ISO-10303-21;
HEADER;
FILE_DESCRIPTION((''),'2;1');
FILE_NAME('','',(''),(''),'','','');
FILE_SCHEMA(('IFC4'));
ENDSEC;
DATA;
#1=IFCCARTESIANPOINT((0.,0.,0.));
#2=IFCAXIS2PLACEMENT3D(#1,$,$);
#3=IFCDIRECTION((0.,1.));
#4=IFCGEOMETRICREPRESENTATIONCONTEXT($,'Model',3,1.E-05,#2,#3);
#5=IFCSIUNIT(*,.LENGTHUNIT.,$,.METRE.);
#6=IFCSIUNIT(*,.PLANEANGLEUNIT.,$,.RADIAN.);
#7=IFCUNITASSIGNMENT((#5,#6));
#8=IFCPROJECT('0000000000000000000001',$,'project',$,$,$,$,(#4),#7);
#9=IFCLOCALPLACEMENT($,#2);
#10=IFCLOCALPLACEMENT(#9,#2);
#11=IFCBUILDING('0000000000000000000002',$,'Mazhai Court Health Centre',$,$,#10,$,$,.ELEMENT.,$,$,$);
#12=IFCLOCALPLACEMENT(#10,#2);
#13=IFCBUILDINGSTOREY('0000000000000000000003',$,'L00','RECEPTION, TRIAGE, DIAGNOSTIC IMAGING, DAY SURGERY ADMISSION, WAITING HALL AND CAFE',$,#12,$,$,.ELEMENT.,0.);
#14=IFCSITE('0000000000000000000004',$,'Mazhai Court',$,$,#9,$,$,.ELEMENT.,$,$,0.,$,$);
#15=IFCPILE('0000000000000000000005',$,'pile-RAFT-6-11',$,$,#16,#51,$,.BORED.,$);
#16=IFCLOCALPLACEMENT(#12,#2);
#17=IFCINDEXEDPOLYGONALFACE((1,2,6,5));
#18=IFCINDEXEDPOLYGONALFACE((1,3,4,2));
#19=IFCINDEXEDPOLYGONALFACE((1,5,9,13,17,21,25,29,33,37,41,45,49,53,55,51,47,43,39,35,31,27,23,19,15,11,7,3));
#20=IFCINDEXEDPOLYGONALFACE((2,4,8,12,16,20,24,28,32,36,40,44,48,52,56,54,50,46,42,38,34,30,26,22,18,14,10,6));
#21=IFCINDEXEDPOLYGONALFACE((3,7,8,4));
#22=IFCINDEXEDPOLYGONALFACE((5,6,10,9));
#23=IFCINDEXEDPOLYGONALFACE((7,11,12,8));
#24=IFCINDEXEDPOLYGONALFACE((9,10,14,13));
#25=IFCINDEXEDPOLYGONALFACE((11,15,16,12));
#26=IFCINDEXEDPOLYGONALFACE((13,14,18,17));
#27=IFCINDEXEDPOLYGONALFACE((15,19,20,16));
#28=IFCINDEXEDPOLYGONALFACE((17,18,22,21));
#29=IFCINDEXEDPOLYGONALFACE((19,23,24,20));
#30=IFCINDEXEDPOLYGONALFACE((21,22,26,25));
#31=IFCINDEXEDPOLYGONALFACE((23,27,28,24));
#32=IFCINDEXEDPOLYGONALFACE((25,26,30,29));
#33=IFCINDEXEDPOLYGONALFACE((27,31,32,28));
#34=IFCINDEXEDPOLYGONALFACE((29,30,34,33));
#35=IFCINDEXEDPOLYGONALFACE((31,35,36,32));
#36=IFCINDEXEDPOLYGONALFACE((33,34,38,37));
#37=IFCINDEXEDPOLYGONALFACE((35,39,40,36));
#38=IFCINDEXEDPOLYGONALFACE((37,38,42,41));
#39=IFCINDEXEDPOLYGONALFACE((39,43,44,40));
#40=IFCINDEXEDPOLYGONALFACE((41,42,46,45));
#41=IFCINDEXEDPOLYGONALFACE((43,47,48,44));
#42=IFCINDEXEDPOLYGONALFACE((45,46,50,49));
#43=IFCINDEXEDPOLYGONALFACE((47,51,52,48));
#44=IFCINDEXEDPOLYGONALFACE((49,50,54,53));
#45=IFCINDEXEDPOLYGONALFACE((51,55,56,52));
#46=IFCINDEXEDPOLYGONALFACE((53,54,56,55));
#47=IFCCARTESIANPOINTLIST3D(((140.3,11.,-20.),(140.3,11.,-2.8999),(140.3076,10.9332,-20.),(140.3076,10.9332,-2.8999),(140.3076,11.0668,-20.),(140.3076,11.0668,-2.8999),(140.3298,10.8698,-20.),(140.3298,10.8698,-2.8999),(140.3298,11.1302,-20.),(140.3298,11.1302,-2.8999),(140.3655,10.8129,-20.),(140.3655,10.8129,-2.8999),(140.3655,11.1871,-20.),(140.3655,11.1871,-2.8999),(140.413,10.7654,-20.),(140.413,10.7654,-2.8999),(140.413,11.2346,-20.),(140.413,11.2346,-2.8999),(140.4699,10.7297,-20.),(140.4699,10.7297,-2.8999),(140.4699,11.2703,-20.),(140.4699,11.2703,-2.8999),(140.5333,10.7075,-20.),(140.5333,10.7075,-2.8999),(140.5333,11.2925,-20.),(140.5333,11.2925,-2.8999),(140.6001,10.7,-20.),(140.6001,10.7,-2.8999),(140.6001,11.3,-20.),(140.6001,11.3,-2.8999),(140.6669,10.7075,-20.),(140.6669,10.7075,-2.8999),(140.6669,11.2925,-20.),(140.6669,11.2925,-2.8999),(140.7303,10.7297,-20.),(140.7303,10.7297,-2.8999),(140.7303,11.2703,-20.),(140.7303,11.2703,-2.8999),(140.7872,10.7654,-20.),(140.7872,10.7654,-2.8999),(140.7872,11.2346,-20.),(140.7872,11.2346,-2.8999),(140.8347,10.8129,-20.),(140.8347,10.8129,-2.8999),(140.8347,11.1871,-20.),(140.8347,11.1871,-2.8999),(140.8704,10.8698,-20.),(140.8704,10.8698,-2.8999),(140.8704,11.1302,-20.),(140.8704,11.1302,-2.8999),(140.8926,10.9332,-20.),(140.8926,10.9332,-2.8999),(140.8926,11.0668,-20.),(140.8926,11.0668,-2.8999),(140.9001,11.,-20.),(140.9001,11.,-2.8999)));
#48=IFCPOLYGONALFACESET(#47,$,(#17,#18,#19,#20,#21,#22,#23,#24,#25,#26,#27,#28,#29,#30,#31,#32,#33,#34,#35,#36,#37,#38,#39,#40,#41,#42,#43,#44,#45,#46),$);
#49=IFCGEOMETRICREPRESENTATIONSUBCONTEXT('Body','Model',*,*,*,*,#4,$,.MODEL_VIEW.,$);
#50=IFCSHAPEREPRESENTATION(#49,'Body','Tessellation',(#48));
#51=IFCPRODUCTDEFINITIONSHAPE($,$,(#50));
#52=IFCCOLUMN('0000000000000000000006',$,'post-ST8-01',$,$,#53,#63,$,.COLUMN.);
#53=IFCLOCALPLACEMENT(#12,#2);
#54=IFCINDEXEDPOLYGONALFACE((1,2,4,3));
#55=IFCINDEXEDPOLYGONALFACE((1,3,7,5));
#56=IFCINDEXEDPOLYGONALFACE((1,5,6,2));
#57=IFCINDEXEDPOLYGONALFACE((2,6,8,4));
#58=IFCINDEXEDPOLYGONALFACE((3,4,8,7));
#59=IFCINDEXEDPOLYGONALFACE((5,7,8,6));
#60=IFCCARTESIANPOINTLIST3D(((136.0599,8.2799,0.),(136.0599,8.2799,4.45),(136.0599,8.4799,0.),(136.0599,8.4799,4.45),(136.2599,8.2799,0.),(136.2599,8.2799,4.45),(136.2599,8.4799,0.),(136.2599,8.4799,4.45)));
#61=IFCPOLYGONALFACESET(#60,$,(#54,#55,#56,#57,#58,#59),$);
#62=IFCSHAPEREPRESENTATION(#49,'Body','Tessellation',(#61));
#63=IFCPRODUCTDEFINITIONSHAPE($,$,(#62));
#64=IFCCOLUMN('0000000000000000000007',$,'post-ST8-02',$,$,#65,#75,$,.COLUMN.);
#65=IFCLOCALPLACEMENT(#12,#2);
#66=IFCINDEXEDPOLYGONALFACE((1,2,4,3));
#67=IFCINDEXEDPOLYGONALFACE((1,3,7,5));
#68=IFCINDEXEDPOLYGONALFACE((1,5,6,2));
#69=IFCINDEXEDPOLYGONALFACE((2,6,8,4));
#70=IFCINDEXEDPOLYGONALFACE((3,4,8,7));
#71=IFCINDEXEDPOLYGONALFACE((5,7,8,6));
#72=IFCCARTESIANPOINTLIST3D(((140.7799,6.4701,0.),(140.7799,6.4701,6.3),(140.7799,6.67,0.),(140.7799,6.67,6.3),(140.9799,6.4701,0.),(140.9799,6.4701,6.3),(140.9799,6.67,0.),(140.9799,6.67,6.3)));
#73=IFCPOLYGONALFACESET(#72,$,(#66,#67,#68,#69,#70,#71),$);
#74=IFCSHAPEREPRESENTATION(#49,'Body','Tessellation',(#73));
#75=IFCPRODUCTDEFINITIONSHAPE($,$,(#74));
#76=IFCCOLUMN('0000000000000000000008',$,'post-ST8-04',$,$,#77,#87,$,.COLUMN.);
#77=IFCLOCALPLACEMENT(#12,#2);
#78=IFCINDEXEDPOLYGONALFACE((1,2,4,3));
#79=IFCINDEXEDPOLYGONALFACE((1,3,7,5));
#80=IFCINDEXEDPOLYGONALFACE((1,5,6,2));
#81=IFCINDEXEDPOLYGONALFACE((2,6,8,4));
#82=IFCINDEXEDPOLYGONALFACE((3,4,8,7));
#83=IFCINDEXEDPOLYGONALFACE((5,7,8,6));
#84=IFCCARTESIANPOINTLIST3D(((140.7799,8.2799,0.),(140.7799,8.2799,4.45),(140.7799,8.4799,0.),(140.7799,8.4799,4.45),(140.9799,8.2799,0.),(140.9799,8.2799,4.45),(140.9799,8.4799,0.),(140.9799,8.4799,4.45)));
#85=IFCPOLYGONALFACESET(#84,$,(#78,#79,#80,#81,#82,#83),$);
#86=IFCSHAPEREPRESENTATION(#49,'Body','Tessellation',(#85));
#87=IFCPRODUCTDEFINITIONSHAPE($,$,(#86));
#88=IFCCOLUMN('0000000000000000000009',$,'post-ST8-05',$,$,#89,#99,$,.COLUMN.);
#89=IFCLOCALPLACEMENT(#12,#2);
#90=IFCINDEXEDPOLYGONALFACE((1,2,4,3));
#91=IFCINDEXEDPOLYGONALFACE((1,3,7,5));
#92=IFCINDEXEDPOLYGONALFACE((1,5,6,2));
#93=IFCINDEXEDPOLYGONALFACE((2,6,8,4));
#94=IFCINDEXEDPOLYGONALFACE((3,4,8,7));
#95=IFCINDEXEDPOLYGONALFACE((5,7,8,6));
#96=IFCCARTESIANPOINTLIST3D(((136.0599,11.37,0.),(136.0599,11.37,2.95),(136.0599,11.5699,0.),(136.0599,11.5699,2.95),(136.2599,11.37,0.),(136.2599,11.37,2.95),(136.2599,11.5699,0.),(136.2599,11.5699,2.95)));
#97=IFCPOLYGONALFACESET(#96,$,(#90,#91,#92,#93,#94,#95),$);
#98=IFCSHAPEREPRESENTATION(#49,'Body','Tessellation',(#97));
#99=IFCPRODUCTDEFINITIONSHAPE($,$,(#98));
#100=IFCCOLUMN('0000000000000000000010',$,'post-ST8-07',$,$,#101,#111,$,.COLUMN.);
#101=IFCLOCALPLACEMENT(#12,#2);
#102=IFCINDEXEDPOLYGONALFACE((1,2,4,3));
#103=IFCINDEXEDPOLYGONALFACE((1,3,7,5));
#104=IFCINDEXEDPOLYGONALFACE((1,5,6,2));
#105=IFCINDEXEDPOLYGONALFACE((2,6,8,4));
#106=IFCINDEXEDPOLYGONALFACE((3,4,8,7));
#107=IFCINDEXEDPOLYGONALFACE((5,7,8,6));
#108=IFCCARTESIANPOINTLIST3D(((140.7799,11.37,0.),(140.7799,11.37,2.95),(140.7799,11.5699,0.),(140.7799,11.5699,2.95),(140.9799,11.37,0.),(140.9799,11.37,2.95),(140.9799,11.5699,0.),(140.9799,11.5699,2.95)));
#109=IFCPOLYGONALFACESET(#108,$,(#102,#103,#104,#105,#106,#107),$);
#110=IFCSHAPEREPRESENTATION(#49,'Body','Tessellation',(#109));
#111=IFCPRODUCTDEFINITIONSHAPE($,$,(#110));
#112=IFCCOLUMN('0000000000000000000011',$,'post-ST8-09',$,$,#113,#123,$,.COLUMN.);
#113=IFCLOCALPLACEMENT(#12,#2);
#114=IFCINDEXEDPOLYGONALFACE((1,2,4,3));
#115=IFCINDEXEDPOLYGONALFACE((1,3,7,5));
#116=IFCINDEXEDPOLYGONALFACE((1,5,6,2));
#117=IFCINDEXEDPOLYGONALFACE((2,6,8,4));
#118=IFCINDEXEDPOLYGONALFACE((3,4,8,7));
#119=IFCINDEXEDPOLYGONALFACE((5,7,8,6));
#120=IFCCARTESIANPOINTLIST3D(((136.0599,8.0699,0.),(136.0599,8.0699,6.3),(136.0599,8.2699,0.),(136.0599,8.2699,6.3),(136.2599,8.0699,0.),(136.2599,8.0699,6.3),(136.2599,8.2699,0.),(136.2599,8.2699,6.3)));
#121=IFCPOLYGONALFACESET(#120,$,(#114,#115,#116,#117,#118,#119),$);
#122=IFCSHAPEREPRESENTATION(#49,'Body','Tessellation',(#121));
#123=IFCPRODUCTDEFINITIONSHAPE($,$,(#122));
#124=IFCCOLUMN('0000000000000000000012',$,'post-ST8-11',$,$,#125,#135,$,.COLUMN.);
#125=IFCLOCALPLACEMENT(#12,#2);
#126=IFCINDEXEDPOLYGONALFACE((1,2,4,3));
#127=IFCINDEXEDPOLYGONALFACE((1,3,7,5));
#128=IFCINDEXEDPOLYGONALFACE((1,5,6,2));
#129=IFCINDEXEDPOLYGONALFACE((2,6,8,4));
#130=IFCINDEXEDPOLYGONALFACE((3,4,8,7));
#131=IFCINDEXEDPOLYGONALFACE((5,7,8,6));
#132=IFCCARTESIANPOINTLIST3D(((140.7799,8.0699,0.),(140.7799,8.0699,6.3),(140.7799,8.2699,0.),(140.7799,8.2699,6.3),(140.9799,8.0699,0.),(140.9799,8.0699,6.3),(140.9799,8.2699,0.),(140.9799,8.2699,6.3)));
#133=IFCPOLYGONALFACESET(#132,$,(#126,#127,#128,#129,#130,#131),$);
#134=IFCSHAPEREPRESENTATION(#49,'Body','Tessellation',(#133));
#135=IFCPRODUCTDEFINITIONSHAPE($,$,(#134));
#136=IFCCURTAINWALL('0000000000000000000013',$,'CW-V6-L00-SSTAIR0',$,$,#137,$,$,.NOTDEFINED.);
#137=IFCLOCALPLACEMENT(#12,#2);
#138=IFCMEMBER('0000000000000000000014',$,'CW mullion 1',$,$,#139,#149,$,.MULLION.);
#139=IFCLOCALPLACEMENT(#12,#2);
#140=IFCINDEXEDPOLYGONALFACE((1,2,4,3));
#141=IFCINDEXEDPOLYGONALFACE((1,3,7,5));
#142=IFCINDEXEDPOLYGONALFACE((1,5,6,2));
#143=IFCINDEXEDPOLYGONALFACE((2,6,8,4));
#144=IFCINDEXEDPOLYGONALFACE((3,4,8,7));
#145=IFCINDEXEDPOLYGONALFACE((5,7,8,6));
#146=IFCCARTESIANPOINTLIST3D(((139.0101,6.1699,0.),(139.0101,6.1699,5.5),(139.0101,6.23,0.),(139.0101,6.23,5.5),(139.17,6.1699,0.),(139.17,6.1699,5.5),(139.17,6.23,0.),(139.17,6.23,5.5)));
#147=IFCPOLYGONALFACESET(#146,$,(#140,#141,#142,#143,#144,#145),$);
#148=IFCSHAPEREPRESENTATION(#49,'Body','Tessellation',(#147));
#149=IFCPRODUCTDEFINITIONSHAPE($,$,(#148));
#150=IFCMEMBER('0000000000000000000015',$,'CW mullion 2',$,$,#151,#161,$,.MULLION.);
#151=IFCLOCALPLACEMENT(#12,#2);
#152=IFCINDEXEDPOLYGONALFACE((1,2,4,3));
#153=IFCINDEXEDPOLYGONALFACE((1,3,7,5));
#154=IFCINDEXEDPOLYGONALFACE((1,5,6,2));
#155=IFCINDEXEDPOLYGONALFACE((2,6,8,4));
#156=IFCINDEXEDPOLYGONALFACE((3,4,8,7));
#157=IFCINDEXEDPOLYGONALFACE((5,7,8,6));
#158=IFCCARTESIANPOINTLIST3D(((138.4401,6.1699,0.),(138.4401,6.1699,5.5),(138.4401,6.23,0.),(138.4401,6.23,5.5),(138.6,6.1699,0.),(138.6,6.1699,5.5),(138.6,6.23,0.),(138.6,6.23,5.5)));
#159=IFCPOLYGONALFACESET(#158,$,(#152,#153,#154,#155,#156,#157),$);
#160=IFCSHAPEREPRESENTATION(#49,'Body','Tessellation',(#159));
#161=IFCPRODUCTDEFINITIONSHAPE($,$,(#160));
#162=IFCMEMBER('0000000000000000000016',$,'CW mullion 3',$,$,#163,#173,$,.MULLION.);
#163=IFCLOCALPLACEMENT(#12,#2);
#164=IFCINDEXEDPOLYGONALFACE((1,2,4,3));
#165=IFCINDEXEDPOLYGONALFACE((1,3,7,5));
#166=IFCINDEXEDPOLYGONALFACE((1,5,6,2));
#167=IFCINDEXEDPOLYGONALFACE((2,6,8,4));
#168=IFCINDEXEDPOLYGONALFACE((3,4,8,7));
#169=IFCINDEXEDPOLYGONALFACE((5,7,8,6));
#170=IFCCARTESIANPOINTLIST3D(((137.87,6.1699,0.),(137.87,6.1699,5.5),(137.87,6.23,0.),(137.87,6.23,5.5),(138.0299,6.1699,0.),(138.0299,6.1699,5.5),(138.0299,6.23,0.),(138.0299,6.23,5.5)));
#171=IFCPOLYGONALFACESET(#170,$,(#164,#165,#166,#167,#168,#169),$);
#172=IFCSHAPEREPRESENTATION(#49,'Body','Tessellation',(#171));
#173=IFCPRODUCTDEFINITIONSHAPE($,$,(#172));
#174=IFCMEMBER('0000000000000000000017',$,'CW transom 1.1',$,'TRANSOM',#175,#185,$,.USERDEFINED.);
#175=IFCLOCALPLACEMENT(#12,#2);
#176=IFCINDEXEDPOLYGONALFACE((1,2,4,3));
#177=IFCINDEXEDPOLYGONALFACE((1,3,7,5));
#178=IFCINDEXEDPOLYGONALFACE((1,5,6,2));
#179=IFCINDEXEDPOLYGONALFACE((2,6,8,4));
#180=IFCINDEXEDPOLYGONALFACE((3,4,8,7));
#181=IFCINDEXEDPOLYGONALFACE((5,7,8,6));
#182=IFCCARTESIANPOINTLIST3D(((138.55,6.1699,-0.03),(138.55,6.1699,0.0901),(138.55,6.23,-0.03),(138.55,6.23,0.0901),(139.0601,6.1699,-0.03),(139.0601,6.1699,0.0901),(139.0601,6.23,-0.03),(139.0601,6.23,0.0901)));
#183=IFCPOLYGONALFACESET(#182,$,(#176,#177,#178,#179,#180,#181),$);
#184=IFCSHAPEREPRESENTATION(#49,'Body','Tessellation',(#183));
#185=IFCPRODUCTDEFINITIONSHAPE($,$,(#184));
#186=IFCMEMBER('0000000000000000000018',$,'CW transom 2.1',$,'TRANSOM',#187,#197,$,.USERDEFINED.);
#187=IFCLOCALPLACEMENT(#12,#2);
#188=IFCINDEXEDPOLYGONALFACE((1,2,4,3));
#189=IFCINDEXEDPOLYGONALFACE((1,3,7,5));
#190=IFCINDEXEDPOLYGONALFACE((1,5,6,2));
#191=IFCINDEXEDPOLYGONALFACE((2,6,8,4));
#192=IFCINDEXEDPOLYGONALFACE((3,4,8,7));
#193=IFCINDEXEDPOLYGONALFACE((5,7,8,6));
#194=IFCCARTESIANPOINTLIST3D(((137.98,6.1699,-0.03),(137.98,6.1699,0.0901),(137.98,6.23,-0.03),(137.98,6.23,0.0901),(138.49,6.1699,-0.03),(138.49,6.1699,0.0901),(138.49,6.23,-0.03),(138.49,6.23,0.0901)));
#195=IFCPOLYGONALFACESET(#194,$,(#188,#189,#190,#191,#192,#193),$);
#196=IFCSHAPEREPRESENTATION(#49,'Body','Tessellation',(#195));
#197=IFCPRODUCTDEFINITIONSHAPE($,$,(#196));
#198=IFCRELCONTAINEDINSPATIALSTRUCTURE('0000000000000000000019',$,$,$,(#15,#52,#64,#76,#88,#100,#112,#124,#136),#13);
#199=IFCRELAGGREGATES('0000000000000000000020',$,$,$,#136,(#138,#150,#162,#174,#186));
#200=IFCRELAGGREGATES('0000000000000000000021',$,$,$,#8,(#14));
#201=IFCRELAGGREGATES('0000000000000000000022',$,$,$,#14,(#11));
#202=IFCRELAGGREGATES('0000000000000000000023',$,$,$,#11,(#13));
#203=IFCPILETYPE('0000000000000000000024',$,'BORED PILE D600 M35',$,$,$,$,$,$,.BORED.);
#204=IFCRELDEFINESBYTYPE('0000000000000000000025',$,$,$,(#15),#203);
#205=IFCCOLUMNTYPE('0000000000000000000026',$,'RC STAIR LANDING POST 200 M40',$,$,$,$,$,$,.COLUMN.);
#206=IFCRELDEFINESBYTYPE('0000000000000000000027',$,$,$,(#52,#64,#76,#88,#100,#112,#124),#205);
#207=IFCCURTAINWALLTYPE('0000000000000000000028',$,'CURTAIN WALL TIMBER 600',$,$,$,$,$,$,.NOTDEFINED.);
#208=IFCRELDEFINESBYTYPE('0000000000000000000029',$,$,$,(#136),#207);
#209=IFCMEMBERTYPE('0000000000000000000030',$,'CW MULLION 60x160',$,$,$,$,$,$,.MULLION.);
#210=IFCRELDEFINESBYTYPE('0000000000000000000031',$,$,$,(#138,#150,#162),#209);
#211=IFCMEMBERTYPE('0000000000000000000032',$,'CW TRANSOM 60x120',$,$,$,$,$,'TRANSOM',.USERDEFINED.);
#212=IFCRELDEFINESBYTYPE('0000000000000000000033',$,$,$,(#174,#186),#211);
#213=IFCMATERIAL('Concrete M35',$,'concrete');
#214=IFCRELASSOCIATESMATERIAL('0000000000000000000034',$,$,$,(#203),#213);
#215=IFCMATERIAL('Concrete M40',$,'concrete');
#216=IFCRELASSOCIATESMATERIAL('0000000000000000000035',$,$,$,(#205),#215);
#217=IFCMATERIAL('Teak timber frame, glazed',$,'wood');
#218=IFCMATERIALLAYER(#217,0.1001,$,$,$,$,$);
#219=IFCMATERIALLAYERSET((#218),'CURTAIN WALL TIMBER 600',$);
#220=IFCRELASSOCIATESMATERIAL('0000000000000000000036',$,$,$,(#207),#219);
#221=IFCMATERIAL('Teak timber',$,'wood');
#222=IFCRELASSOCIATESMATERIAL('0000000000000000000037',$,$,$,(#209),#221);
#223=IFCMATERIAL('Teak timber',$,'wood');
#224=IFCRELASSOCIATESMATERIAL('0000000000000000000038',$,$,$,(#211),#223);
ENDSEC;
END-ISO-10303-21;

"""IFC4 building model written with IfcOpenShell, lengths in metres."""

from ifc_helpers import new_model, si_unit, direction, frame, origin, origin_2d, place, context, subcontext, project, spatial, rectangle, circle, extrude, material, layer, layer_set, material_profile, profile_set, type_object, element, aggregate, save


model = new_model("IFC4")

# Units and contexts
model_context = context("Model", 3, precision=1e-05, world=origin(), true_north=direction((0.0, 1.0)))
body_context = subcontext(model_context, "Body", "Model", "MODEL_VIEW")
ifc_project = project(units=[si_unit("LENGTHUNIT", "METRE"), si_unit("PLANEANGLEUNIT", "RADIAN")], contexts=[model_context])

# Site, building, storey
site_placement = place(None, origin())
site = spatial("IfcSite", under=ifc_project, at=site_placement, Name="Mazhai Court", CompositionType="ELEMENT", RefElevation=0.0)
building_placement = place(site_placement, origin())
building = spatial("IfcBuilding", under=site, at=building_placement, Name="Mazhai Court Health Centre", CompositionType="ELEMENT")
storey_placement = place(building_placement, origin())
storey = spatial("IfcBuildingStorey", under=building, at=storey_placement, Name="L00", Description="RECEPTION, TRIAGE, DIAGNOSTIC IMAGING, DAY SURGERY ADMISSION, WAITING HALL AND CAFE", CompositionType="ELEMENT", Elevation=0.0)

# Pile
ifc_material_1 = material(Name="Concrete M35", Category="concrete")
ifc_material_profile_1 = material_profile(ifc_material_1, circle(Radius=0.3, at=origin_2d()), Name="RC PILE D600")
ifc_profile_set_1 = profile_set([ifc_material_profile_1], Name="Concrete M35")
pile_type = type_object("IfcPileType", Name="BORED PILE D600 M35", PredefinedType="BORED", material=ifc_profile_set_1)
for number, where, z_axis, x_axis, name in (
    (1, (140.6001, 11.0, -2.8999), (0.0, 0.0, -1.0), (1.0, 0.0, 0.0), "pile-RAFT-6-11"),
):
    element("IfcPile", number, at=place(storey_placement, frame(where, z_axis=z_axis, x_axis=x_axis)), inside=storey, type_object=pile_type, Name=name, PredefinedType="BORED", context=body_context, shape_type="SweptSolid", body=[
        extrude(circle(Radius=0.3, at=origin_2d()), origin(), (0.0, 0.0, 1.0), 17.1001),
    ])

# Columns
ifc_material_2 = material(Name="Concrete M40", Category="concrete")
ifc_material_profile_2 = material_profile(ifc_material_2, rectangle(XDim=0.2, YDim=0.2, at=origin_2d()), Name="RC 200x200")
ifc_profile_set_2 = profile_set([ifc_material_profile_2], Name="Concrete M40")
column_type = type_object("IfcColumnType", Name="RC STAIR LANDING POST 200 M40", PredefinedType="COLUMN", material=ifc_profile_set_2)
column_1_placement = place(storey_placement, frame((136.1599, 8.3799, 0.0), z_axis=(0.0, 0.0, 1.0), x_axis=(1.0, 0.0, 0.0)))
element("IfcColumn", 2, at=column_1_placement, inside=storey, type_object=column_type, Name="post-ST8-01", PredefinedType="COLUMN", context=body_context, shape_type="SweptSolid", body=[
    extrude(rectangle(XDim=0.2, YDim=0.2, at=origin_2d()), origin(), (0.0, 0.0, 1.0), 4.45),
])
column_2_placement = place(storey_placement, frame((140.8799, 6.5701, 0.0), z_axis=(0.0, 0.0, 1.0), x_axis=(1.0, 0.0, 0.0)))
element("IfcColumn", 3, at=column_2_placement, inside=storey, type_object=column_type, Name="post-ST8-02", PredefinedType="COLUMN", context=body_context, shape_type="SweptSolid", body=[
    extrude(rectangle(XDim=0.2, YDim=0.2, at=origin_2d()), origin(), (0.0, 0.0, 1.0), 6.3),
])
column_3_placement = place(storey_placement, frame((140.8799, 8.3799, 0.0), z_axis=(0.0, 0.0, 1.0), x_axis=(1.0, 0.0, 0.0)))
element("IfcColumn", 4, at=column_3_placement, inside=storey, type_object=column_type, Name="post-ST8-04", PredefinedType="COLUMN", context=body_context, shape_type="SweptSolid", body=[
    extrude(rectangle(XDim=0.2, YDim=0.2, at=origin_2d()), origin(), (0.0, 0.0, 1.0), 4.45),
])
for number, where, z_axis, x_axis, name in (
    (5, (136.1599, 11.47, 0.0), (0.0, 0.0, 1.0), (1.0, 0.0, 0.0), "post-ST8-05"),
    (6, (140.8799, 11.47, 0.0), (0.0, 0.0, 1.0), (1.0, 0.0, 0.0), "post-ST8-07"),
):
    element("IfcColumn", number, at=place(storey_placement, frame(where, z_axis=z_axis, x_axis=x_axis)), inside=storey, type_object=column_type, Name=name, PredefinedType="COLUMN", context=body_context, shape_type="SweptSolid", body=[
        extrude(rectangle(XDim=0.2, YDim=0.2, at=origin_2d()), origin(), (0.0, 0.0, 1.0), 2.95),
    ])
for number, where, z_axis, x_axis, name in (
    (7, (136.1599, 8.1699, 0.0), (0.0, 0.0, 1.0), (1.0, 0.0, 0.0), "post-ST8-09"),
    (8, (140.8799, 8.1699, 0.0), (0.0, 0.0, 1.0), (1.0, 0.0, 0.0), "post-ST8-11"),
):
    element("IfcColumn", number, at=place(storey_placement, frame(where, z_axis=z_axis, x_axis=x_axis)), inside=storey, type_object=column_type, Name=name, PredefinedType="COLUMN", context=body_context, shape_type="SweptSolid", body=[
        extrude(rectangle(XDim=0.2, YDim=0.2, at=origin_2d()), origin(), (0.0, 0.0, 1.0), 6.3),
    ])

# Curtain wall, members
ifc_material_3 = material(Name="Teak timber frame, glazed", Category="wood")
ifc_layer_1 = layer(ifc_material_3, 0.1001)
ifc_layer_set_1 = layer_set([ifc_layer_1], Name="CURTAIN WALL TIMBER 600")
curtain_wall_type = type_object("IfcCurtainWallType", Name="CURTAIN WALL TIMBER 600", PredefinedType="NOTDEFINED", material=ifc_layer_set_1)
curtain_wall_placement = place(storey_placement, origin())
curtain_wall = element("IfcCurtainWall", 9, at=curtain_wall_placement, inside=storey, type_object=curtain_wall_type, Name="CW-V6-L00-SSTAIR0", PredefinedType="NOTDEFINED")
ifc_material_4 = material(Name="Teak timber", Category="wood")
ifc_material_profile_3 = material_profile(ifc_material_4, rectangle(XDim=0.0601, YDim=0.1599, at=origin_2d()), Name="CW MULLION 60x160")
ifc_profile_set_3 = profile_set([ifc_material_profile_3], Name="Teak timber")
member_type_1 = type_object("IfcMemberType", Name="CW MULLION 60x160", PredefinedType="MULLION", material=ifc_profile_set_3)
member_1_placement = place(storey_placement, frame((139.0901, 6.2, 0.0), z_axis=(0.0, 0.0, 1.0), x_axis=(0.0, -1.0, 0.0)))
member_1 = element("IfcMember", 10, at=member_1_placement, type_object=member_type_1, Name="CW mullion 1", PredefinedType="MULLION", context=body_context, shape_type="SweptSolid", body=[
    extrude(rectangle(XDim=0.0601, YDim=0.1599, at=origin_2d()), origin(), (0.0, 0.0, 1.0), 5.5),
])
member_2_placement = place(storey_placement, frame((138.52, 6.2, 0.0), z_axis=(0.0, 0.0, 1.0), x_axis=(0.0, -1.0, 0.0)))
member_2 = element("IfcMember", 11, at=member_2_placement, type_object=member_type_1, Name="CW mullion 2", PredefinedType="MULLION", context=body_context, shape_type="SweptSolid", body=[
    extrude(rectangle(XDim=0.0601, YDim=0.1599, at=origin_2d()), origin(), (0.0, 0.0, 1.0), 5.5),
])
member_3_placement = place(storey_placement, frame((137.95, 6.2, 0.0), z_axis=(0.0, 0.0, 1.0), x_axis=(0.0, -1.0, 0.0)))
member_3 = element("IfcMember", 12, at=member_3_placement, type_object=member_type_1, Name="CW mullion 3", PredefinedType="MULLION", context=body_context, shape_type="SweptSolid", body=[
    extrude(rectangle(XDim=0.0601, YDim=0.1599, at=origin_2d()), origin(), (0.0, 0.0, 1.0), 5.5),
])
ifc_material_5 = material(Name="Teak timber", Category="wood")
ifc_material_profile_4 = material_profile(ifc_material_5, rectangle(XDim=0.0601, YDim=0.1201, at=origin_2d()), Name="CW TRANSOM 60x120")
ifc_profile_set_4 = profile_set([ifc_material_profile_4], Name="Teak timber")
member_type_2 = type_object("IfcMemberType", Name="CW TRANSOM 60x120", ElementType="TRANSOM", PredefinedType="USERDEFINED", material=ifc_profile_set_4)
member_4_placement = place(storey_placement, frame((139.0601, 6.2, 0.03), z_axis=(-1.0, 0.0, 0.0), x_axis=(0.0, -1.0, 0.0)))
member_4 = element("IfcMember", 13, at=member_4_placement, type_object=member_type_2, Name="CW transom 1.1", ObjectType="TRANSOM", PredefinedType="USERDEFINED", context=body_context, shape_type="SweptSolid", body=[
    extrude(rectangle(XDim=0.0601, YDim=0.1201, at=origin_2d()), origin(), (0.0, 0.0, 1.0), 0.51),
])
member_5_placement = place(storey_placement, frame((138.49, 6.2, 0.03), z_axis=(-1.0, 0.0, 0.0), x_axis=(0.0, -1.0, 0.0)))
member_5 = element("IfcMember", 14, at=member_5_placement, type_object=member_type_2, Name="CW transom 2.1", ObjectType="TRANSOM", PredefinedType="USERDEFINED", context=body_context, shape_type="SweptSolid", body=[
    extrude(rectangle(XDim=0.0601, YDim=0.1201, at=origin_2d()), origin(), (0.0, 0.0, 1.0), 0.51),
])
aggregate(curtain_wall, [member_1, member_2, member_3, member_4, member_5])

save(model, "model.ifc")
